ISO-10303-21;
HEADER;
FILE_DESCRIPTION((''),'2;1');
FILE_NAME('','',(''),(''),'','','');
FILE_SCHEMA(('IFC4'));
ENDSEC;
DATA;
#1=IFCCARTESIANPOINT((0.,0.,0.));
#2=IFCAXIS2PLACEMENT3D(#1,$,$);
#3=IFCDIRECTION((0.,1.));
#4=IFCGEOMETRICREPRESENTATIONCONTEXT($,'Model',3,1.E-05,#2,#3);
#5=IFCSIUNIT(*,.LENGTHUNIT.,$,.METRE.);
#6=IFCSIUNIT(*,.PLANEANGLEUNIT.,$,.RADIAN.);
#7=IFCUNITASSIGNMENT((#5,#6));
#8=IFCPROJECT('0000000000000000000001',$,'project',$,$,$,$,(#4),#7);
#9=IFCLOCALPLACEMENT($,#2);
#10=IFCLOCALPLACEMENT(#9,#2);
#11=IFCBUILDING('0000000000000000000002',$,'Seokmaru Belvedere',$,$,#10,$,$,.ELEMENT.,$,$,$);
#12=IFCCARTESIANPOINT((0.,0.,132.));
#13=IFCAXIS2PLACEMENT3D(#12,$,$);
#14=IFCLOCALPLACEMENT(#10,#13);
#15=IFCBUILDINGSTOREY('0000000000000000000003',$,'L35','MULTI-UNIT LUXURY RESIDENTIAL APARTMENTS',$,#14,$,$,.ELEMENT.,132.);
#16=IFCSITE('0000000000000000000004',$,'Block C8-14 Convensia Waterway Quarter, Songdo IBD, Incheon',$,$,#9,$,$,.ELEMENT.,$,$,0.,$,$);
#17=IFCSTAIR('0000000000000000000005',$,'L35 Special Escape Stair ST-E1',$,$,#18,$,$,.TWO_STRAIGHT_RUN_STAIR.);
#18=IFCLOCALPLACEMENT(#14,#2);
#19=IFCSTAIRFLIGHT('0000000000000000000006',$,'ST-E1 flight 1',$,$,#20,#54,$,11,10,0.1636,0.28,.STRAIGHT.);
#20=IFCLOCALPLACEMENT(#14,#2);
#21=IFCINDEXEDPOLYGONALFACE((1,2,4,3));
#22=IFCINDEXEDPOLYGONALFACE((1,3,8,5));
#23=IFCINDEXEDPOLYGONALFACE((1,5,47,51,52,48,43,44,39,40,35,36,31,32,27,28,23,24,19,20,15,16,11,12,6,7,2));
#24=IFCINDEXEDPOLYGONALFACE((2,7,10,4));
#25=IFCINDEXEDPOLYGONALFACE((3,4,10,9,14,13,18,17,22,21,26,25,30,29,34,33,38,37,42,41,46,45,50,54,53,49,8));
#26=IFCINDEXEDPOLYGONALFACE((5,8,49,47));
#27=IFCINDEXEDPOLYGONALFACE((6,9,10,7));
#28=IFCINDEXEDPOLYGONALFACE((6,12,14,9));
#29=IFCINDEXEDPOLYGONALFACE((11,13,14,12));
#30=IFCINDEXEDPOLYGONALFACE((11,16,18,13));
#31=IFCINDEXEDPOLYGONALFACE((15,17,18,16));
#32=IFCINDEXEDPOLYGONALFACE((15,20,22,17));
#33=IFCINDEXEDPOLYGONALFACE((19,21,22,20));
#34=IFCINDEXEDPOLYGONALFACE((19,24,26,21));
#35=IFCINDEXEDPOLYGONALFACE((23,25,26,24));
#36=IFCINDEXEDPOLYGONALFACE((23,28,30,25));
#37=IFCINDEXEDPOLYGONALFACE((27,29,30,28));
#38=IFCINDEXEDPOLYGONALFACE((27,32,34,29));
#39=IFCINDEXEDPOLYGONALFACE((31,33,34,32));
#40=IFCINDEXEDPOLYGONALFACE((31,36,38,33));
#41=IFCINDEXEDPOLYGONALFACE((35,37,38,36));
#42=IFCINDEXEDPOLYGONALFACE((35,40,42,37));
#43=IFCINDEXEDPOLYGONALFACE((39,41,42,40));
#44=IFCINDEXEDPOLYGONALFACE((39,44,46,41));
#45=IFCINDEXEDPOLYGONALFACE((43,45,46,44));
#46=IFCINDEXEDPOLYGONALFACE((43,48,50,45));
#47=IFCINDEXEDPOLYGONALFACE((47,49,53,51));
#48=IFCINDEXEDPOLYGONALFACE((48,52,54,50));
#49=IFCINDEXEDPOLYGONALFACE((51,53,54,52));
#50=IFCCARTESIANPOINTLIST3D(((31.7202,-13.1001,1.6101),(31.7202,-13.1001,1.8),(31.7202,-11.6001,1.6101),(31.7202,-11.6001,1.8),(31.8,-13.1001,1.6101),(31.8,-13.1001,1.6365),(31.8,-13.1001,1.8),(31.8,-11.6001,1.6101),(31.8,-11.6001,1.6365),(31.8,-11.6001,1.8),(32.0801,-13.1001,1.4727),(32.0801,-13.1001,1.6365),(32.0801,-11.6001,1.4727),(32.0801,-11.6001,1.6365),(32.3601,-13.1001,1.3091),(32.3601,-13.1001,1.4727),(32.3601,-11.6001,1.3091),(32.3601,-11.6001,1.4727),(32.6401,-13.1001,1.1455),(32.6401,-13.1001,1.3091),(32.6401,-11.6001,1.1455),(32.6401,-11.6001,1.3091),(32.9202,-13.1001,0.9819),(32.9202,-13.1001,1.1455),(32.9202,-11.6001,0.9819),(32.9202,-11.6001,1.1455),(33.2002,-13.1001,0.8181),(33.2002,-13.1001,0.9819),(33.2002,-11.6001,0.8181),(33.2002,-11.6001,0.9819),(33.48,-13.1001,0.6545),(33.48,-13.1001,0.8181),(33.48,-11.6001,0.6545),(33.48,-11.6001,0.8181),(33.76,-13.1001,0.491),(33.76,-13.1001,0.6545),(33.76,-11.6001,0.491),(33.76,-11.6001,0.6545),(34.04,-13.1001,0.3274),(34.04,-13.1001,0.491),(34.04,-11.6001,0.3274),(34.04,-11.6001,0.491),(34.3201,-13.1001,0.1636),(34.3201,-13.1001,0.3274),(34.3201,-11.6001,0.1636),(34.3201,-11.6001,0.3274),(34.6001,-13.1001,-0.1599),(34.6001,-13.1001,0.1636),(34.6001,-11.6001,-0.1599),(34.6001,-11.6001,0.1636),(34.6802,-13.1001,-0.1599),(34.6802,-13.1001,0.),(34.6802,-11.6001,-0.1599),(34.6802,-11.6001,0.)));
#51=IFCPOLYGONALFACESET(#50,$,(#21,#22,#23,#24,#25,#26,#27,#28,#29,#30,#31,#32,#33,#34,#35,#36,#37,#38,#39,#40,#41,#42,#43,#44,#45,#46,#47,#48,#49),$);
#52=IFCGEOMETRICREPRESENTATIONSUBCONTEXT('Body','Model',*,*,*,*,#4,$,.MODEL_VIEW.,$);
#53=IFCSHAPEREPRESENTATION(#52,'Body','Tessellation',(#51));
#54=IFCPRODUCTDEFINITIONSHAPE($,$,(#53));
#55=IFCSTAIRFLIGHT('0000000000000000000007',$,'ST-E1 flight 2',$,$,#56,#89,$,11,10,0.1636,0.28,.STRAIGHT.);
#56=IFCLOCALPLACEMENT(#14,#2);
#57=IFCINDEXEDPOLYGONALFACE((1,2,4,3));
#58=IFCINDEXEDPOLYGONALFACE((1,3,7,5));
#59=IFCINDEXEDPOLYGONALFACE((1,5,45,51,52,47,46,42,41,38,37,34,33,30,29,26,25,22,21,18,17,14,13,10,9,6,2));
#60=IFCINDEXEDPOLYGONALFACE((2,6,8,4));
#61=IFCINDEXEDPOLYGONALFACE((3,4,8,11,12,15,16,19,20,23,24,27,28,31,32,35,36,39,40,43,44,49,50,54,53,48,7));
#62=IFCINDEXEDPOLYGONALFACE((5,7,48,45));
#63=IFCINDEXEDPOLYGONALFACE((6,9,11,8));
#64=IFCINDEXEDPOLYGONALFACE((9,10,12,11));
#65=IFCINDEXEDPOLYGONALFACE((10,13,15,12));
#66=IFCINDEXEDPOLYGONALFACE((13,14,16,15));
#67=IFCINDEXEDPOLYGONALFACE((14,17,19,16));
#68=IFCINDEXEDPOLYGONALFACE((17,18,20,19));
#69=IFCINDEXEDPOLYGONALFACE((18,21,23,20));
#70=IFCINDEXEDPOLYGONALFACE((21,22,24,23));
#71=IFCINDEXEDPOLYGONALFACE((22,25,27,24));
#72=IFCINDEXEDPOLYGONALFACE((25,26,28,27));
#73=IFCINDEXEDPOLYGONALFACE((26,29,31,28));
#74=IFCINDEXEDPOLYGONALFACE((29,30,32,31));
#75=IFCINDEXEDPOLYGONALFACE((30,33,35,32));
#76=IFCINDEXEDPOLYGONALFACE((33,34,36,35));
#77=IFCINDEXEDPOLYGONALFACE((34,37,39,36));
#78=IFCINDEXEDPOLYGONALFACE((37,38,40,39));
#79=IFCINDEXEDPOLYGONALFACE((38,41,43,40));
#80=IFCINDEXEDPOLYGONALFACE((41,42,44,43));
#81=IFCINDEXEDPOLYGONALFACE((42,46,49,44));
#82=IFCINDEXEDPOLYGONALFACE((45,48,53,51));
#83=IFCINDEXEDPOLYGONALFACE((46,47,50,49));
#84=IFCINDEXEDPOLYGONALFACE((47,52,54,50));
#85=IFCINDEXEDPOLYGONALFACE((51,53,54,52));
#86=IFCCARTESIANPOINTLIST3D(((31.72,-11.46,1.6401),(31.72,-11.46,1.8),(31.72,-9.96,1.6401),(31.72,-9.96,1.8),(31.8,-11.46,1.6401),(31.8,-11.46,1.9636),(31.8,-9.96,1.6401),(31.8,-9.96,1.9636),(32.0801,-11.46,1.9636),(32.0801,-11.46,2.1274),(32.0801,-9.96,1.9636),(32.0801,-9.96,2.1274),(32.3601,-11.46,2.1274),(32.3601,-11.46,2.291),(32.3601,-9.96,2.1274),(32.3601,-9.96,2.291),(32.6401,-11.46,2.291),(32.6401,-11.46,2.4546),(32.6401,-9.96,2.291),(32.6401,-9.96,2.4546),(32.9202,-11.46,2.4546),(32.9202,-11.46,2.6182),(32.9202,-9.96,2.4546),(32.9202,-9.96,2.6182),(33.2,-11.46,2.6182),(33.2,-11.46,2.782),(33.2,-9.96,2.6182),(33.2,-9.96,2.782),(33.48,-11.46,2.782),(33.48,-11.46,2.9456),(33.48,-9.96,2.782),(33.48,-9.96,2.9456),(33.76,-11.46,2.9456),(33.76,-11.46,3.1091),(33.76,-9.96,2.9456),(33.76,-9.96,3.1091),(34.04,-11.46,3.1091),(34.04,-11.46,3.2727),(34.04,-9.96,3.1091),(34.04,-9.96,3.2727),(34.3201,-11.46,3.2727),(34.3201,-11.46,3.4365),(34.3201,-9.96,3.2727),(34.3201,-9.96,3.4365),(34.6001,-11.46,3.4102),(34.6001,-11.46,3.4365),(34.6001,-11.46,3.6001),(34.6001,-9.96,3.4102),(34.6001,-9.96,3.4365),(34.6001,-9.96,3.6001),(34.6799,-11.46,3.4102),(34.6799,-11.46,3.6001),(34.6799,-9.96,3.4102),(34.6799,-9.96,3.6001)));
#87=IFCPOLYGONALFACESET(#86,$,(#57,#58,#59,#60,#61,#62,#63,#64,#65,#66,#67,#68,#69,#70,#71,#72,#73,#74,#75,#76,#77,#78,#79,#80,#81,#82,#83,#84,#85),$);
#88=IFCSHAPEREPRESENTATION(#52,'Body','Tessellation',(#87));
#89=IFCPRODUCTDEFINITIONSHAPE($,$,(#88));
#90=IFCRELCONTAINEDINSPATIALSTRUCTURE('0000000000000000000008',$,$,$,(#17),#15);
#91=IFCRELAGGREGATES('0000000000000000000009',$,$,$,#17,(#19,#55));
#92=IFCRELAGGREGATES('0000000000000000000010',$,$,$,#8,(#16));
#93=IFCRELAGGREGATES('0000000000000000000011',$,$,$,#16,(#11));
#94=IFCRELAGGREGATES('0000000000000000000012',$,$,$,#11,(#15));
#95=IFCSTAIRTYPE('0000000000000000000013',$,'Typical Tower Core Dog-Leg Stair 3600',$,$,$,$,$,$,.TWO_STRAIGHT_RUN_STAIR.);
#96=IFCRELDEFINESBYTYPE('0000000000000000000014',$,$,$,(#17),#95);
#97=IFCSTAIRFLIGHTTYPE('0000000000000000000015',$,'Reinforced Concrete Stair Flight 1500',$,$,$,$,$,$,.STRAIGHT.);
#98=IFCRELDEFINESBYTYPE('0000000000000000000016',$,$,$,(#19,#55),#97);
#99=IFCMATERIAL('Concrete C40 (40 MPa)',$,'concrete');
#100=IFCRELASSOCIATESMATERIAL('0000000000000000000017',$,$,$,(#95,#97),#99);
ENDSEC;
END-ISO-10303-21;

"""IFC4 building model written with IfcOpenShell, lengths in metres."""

from ifc_helpers import new_model, si_unit, direction, frame, origin, place, context, subcontext, project, spatial, polyline, outline, extrude, material, type_object, element, aggregate, save


model = new_model("IFC4")

# Units and contexts
model_context = context("Model", 3, precision=1e-05, world=origin(), true_north=direction((0.0, 1.0)))
body_context = subcontext(model_context, "Body", "Model", "MODEL_VIEW")
ifc_project = project(units=[si_unit("LENGTHUNIT", "METRE"), si_unit("PLANEANGLEUNIT", "RADIAN")], contexts=[model_context])

# Site, building, storey
site_placement = place(None, origin())
site = spatial("IfcSite", under=ifc_project, at=site_placement, Name="Block C8-14 Convensia Waterway Quarter, Songdo IBD, Incheon", CompositionType="ELEMENT", RefElevation=0.0)
building_placement = place(site_placement, origin())
building = spatial("IfcBuilding", under=site, at=building_placement, Name="Seokmaru Belvedere", CompositionType="ELEMENT")
storey_placement = place(building_placement, frame((0.0, 0.0, 132.0)))
storey = spatial("IfcBuildingStorey", under=building, at=storey_placement, Name="L35", Description="MULTI-UNIT LUXURY RESIDENTIAL APARTMENTS", CompositionType="ELEMENT", Elevation=132.0)

# Stair, stair flights
ifc_material_1 = material(Name="Concrete C40 (40 MPa)", Category="concrete")
stair_type = type_object("IfcStairType", Name="Typical Tower Core Dog-Leg Stair 3600", PredefinedType="TWO_STRAIGHT_RUN_STAIR", material=ifc_material_1)
stair_placement = place(storey_placement, origin())
stair = element("IfcStair", 1, at=stair_placement, inside=storey, type_object=stair_type, Name="L35 Special Escape Stair ST-E1", PredefinedType="TWO_STRAIGHT_RUN_STAIR")
stair_flight_type = type_object("IfcStairFlightType", Name="Reinforced Concrete Stair Flight 1500", PredefinedType="STRAIGHT", material=ifc_material_1)
stair_flight_1_placement = place(storey_placement, frame((34.6001, -12.3501, 0.0), z_axis=(0.0, 0.0, 1.0), x_axis=(-1.0, 0.0, 0.0)))
stair_flight_1 = element("IfcStairFlight", 2, at=stair_flight_1_placement, type_object=stair_flight_type, Name="ST-E1 flight 1", NumberOfRisers=11, NumberOfTreads=10, PredefinedType="STRAIGHT", RiserHeight=0.1636, TreadLength=0.28, context=body_context, shape_type="SweptSolid", body=[
    extrude(outline(polyline([(-0.0801, 0.0), (0.0, 0.1636), (0.28, 0.1636), (0.28, 0.3274), (0.5601, 0.3274), (0.5601, 0.491), (0.8401, 0.491), (0.8401, 0.6545), (1.1201, 0.6545), (1.1201, 0.8181), (1.3999, 0.8181), (1.3999, 0.9819), (1.6799, 0.9819), (1.6799, 1.1455), (1.96, 1.1455), (1.96, 1.3091), (2.24, 1.3091), (2.24, 1.4727), (2.52, 1.4727), (2.52, 1.6365), (2.8, 1.6365), (2.8, 1.8), (2.8799, 1.8), (2.8799, 1.6101), (2.8, 1.6101), (0.0, -0.1599), (-0.0801, -0.1599), (-0.0801, 0.0)])), frame((0.0, 0.75, 0.0), z_axis=(0.0, -1.0, 0.0), x_axis=(1.0, 0.0, 0.0)), (0.0, 0.0, 1.0), 1.5),
])
stair_flight_2_placement = place(storey_placement, frame((31.8, -10.71, 1.8), z_axis=(0.0, 0.0, 1.0), x_axis=(1.0, 0.0, 0.0)))
stair_flight_2 = element("IfcStairFlight", 3, at=stair_flight_2_placement, type_object=stair_flight_type, Name="ST-E1 flight 2", NumberOfRisers=11, NumberOfTreads=10, PredefinedType="STRAIGHT", RiserHeight=0.1636, TreadLength=0.28, context=body_context, shape_type="SweptSolid", body=[
    extrude(outline(polyline([(-0.0801, 0.0), (0.0, 0.1636), (0.28, 0.1636), (0.28, 0.3274), (0.5601, 0.3274), (0.5601, 0.491), (0.8401, 0.491), (0.8401, 0.6545), (1.1201, 0.6545), (1.1201, 0.8181), (1.3999, 0.8181), (1.3999, 0.9819), (1.6799, 0.9819), (1.6799, 1.1455), (1.96, 1.1455), (1.96, 1.3091), (2.24, 1.3091), (2.24, 1.4727), (2.52, 1.4727), (2.52, 1.6365), (2.8, 1.6365), (2.8, 1.8), (2.8799, 1.8), (2.8799, 1.6101), (2.8, 1.6101), (0.0, -0.1599), (-0.0801, -0.1599), (-0.0801, 0.0)])), frame((0.0, 0.75, 0.0), z_axis=(0.0, -1.0, 0.0), x_axis=(1.0, 0.0, 0.0)), (0.0, 0.0, 1.0), 1.5),
])
aggregate(stair, [stair_flight_1, stair_flight_2])

save(model, "model.ifc")
